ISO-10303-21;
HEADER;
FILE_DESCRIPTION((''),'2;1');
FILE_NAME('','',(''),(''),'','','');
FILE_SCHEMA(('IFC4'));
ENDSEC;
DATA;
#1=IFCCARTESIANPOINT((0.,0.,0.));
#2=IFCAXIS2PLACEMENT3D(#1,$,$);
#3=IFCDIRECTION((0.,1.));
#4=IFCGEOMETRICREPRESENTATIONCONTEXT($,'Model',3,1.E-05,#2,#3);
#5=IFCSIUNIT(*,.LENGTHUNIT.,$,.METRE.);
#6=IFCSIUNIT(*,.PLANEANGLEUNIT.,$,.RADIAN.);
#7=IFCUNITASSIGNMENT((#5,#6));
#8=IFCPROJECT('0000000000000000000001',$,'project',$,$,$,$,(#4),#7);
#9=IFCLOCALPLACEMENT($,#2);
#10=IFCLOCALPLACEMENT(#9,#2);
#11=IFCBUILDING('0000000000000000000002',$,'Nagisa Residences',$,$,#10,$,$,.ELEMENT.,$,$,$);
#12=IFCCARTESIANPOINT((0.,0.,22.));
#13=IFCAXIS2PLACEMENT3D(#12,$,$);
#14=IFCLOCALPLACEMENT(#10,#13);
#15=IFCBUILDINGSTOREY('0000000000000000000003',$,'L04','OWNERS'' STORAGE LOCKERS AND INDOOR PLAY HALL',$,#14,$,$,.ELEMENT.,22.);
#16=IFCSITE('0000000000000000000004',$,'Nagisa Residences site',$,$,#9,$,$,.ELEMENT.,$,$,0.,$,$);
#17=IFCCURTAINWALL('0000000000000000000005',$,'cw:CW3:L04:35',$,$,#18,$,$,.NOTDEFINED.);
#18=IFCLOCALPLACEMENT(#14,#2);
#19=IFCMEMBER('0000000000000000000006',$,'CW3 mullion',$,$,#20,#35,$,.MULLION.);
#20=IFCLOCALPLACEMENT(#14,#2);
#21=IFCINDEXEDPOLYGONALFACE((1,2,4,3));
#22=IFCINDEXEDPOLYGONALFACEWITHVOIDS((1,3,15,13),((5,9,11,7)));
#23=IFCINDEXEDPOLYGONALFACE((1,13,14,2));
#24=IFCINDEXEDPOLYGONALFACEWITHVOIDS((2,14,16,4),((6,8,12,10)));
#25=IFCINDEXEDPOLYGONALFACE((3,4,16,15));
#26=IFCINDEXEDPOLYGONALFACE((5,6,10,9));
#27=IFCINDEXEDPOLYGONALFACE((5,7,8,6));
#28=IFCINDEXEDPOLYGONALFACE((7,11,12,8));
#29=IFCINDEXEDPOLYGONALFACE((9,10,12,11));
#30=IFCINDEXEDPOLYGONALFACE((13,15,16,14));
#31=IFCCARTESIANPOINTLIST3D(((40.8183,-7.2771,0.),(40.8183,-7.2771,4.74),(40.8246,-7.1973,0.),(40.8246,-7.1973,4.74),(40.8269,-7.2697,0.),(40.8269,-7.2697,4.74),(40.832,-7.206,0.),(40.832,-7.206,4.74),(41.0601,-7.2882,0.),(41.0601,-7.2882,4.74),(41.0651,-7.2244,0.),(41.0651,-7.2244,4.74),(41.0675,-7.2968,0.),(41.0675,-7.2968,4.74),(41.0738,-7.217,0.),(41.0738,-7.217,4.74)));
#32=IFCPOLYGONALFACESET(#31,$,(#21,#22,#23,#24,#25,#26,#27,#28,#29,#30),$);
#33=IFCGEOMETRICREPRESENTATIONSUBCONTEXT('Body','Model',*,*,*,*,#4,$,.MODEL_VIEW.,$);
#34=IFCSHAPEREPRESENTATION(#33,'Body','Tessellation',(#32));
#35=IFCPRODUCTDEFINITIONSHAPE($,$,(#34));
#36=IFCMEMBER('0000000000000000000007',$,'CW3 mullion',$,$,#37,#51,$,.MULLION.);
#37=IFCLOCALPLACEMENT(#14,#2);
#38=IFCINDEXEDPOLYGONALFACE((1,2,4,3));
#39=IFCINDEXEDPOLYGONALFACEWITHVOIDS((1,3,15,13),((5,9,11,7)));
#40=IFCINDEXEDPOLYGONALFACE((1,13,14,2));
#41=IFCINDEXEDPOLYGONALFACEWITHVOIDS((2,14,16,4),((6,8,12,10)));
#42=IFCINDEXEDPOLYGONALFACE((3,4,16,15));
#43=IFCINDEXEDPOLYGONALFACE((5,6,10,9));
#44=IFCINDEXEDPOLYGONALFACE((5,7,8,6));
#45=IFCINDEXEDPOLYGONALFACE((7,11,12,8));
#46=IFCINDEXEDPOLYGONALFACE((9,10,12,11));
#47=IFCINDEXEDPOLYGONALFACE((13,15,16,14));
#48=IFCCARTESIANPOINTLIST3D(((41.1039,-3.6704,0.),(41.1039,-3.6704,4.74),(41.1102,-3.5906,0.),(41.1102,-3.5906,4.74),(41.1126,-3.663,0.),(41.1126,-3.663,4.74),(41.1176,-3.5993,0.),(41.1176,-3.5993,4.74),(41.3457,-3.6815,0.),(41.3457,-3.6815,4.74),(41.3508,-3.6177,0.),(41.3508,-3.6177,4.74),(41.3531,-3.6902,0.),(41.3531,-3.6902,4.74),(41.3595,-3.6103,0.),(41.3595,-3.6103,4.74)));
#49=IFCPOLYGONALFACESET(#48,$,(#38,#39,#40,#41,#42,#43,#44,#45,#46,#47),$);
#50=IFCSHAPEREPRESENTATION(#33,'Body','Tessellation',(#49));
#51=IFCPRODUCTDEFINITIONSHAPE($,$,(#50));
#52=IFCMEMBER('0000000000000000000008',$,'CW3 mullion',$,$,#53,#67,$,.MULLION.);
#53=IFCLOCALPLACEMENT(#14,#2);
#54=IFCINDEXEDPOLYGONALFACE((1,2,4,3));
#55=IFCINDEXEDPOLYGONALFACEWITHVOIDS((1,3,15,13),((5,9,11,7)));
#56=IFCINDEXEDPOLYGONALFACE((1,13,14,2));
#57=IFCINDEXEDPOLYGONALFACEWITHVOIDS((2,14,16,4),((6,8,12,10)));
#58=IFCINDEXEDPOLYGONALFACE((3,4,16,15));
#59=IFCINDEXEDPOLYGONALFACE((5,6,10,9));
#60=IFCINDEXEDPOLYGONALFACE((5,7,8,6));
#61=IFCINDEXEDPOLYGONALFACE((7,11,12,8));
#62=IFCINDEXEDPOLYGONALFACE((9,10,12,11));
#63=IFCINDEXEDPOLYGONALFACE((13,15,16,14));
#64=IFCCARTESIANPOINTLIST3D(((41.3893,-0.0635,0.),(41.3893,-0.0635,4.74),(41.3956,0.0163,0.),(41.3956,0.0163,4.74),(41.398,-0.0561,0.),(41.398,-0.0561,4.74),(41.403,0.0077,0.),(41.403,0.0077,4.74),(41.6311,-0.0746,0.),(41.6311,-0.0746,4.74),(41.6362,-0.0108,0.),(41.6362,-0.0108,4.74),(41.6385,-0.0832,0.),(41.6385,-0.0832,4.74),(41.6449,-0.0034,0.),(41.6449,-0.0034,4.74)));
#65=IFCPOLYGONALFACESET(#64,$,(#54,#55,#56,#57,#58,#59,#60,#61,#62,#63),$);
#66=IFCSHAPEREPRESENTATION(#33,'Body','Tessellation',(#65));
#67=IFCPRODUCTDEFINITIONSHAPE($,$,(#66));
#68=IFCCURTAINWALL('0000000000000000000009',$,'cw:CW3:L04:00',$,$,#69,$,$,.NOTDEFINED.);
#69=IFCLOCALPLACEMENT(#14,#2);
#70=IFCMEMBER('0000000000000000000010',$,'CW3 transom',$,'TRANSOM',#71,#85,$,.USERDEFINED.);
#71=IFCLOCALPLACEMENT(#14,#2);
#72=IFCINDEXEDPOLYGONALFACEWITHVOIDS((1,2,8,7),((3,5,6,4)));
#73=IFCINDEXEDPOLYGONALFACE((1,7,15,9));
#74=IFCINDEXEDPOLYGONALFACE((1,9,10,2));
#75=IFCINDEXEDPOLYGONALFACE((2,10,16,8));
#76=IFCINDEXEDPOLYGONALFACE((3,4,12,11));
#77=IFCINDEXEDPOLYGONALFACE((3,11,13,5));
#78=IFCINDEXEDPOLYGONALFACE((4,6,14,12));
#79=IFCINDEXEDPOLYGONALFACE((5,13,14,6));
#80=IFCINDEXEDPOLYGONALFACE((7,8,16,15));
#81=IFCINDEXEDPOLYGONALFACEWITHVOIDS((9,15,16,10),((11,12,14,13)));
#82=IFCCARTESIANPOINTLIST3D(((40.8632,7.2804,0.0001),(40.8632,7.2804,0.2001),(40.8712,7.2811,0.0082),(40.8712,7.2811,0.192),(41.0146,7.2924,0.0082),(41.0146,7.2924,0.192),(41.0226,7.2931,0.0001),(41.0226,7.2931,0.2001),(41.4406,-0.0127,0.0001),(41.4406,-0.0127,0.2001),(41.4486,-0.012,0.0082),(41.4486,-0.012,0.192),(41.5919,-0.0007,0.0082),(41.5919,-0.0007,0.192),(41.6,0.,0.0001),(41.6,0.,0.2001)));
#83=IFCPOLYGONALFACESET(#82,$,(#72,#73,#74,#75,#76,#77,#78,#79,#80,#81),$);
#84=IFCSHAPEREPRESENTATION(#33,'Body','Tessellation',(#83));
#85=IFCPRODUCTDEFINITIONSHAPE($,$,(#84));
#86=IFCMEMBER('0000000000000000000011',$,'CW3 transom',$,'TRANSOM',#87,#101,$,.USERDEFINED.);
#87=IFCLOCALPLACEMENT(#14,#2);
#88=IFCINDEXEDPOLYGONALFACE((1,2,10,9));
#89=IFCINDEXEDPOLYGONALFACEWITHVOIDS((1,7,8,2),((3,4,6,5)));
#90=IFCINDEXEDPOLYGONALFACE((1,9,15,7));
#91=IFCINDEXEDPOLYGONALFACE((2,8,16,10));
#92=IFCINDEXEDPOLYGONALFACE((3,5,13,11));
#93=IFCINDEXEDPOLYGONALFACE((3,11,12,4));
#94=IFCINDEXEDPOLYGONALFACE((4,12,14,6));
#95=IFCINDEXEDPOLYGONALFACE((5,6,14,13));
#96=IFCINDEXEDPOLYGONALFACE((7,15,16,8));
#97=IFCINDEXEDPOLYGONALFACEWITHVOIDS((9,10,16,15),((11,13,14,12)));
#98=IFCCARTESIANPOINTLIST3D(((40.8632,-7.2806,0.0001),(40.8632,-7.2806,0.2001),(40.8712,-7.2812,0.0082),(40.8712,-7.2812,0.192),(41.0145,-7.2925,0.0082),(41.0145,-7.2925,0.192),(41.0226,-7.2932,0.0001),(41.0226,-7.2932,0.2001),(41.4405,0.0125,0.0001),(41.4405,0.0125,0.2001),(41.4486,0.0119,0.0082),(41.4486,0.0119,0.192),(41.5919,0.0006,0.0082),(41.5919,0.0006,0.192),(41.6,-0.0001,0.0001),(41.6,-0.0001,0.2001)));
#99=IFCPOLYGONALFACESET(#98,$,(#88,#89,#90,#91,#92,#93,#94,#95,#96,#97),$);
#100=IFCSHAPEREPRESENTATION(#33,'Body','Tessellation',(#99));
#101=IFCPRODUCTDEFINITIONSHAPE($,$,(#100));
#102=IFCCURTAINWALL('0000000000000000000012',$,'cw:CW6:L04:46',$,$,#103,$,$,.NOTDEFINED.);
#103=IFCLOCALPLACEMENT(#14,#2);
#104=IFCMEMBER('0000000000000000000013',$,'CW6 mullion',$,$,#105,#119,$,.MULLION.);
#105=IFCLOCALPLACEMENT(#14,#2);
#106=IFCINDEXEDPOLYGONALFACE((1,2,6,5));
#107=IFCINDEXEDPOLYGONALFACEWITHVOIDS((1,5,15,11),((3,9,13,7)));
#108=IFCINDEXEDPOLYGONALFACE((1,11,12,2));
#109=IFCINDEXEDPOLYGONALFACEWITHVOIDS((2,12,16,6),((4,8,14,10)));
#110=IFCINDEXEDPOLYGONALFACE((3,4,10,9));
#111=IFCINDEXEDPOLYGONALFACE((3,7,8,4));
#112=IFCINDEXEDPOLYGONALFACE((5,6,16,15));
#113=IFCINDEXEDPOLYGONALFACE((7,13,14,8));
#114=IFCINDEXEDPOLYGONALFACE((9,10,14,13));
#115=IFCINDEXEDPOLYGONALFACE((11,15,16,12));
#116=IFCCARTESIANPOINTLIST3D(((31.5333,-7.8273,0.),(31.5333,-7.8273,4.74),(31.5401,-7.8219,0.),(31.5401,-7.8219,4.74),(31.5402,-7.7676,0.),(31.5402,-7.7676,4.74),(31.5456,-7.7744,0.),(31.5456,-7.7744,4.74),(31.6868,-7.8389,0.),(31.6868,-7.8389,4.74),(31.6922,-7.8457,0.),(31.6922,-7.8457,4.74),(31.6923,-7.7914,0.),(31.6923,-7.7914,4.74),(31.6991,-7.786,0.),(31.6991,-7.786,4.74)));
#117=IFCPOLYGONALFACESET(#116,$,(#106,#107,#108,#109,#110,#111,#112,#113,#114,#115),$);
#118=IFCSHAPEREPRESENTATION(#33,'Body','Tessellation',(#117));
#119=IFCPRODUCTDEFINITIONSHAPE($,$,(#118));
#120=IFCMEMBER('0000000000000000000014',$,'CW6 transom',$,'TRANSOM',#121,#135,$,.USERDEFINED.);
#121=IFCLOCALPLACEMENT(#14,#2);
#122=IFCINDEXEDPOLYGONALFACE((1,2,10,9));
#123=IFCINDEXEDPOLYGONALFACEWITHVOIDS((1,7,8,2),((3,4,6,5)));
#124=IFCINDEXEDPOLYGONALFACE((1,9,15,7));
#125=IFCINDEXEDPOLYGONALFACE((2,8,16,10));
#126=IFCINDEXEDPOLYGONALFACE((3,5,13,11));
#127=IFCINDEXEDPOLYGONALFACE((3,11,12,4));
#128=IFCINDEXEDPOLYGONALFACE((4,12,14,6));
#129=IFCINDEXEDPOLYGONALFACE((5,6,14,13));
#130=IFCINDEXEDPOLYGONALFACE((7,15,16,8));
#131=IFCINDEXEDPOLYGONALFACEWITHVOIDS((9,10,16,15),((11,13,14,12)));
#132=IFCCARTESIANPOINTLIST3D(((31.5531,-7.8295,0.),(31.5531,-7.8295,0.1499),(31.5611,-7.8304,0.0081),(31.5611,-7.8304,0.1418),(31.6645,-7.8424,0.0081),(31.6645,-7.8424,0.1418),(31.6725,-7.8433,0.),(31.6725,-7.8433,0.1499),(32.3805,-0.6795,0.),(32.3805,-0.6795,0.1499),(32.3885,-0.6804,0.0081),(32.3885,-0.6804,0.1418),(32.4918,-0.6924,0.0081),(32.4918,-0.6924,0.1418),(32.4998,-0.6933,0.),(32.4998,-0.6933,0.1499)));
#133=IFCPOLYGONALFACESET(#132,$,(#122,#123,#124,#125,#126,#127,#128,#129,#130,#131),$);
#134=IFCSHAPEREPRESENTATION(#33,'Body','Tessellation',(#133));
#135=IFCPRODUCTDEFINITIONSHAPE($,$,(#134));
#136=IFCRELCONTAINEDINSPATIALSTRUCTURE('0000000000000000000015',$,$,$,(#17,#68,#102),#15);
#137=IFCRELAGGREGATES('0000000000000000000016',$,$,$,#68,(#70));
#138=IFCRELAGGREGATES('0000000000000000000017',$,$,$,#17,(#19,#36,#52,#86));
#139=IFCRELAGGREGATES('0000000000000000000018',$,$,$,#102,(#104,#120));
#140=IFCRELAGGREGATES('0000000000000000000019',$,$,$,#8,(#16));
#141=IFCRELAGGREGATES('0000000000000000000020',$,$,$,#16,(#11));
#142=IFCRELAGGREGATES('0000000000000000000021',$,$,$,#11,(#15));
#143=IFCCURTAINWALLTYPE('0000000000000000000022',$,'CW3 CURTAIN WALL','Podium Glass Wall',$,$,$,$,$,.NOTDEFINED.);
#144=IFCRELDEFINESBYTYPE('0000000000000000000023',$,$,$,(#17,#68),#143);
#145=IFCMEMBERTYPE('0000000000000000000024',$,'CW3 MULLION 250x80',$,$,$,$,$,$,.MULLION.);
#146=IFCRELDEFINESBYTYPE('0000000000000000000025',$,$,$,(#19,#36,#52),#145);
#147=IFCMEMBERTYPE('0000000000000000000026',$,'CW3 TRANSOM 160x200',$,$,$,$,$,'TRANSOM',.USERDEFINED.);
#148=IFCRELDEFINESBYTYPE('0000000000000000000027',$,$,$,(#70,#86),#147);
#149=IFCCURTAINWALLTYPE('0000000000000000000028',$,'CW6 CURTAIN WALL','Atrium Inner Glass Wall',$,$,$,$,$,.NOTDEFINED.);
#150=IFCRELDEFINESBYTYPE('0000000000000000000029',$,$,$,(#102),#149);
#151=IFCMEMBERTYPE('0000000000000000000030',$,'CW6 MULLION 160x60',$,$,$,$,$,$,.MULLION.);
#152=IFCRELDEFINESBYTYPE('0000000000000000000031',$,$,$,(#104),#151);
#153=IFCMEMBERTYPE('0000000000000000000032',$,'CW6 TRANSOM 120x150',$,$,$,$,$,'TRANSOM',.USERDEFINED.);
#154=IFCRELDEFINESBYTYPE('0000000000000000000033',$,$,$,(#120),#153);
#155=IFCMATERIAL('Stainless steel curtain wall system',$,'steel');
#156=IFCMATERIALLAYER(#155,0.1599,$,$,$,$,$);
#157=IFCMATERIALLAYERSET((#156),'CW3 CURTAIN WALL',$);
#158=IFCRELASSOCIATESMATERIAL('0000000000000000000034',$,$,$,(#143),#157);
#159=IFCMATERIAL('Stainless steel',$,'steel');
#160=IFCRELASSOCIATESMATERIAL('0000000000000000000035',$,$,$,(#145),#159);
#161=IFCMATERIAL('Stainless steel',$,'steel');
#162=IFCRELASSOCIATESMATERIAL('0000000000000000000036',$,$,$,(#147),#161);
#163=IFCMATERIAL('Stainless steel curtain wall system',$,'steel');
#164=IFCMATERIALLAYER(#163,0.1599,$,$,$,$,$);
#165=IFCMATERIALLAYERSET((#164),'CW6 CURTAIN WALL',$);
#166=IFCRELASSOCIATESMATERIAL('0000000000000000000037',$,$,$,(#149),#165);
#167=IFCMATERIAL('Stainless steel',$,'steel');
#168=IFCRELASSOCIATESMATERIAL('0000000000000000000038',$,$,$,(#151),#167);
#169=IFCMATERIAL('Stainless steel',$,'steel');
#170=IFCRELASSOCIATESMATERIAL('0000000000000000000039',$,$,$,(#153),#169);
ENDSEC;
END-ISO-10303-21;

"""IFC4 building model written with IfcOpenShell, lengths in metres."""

from ifc_helpers import new_model, si_unit, direction, frame, origin, origin_2d, place, context, subcontext, project, spatial, hollow_rectangle, extrude, material, layer, layer_set, material_profile, profile_set, type_object, element, aggregate, save


model = new_model("IFC4")

# Units and contexts
model_context = context("Model", 3, precision=1e-05, world=origin(), true_north=direction((0.0, 1.0)))
body_context = subcontext(model_context, "Body", "Model", "MODEL_VIEW")
ifc_project = project(units=[si_unit("LENGTHUNIT", "METRE"), si_unit("PLANEANGLEUNIT", "RADIAN")], contexts=[model_context])

# Site, building, storey
site_placement = place(None, origin())
site = spatial("IfcSite", under=ifc_project, at=site_placement, Name="Nagisa Residences site", CompositionType="ELEMENT", RefElevation=0.0)
building_placement = place(site_placement, origin())
building = spatial("IfcBuilding", under=site, at=building_placement, Name="Nagisa Residences", CompositionType="ELEMENT")
storey_placement = place(building_placement, frame((0.0, 0.0, 22.0)))
storey = spatial("IfcBuildingStorey", under=building, at=storey_placement, Name="L04", Description="OWNERS' STORAGE LOCKERS AND INDOOR PLAY HALL", CompositionType="ELEMENT", Elevation=22.0)

# Shared definitions
ifc_material_1 = material(Name="Stainless steel curtain wall system", Category="steel")
ifc_layer_1 = layer(ifc_material_1, 0.1599)
ifc_layer_set_1 = layer_set([ifc_layer_1], Name="CW3 CURTAIN WALL")
curtain_wall_type_1 = type_object("IfcCurtainWallType", Name="CW3 CURTAIN WALL", Description="Podium Glass Wall", PredefinedType="NOTDEFINED", material=ifc_layer_set_1)
ifc_material_2 = material(Name="Stainless steel", Category="steel")
ifc_material_profile_1 = material_profile(ifc_material_2, hollow_rectangle(XDim=0.25, YDim=0.0801, WallThickness=0.0081, at=origin_2d()), Name="CW3 MULLION 250x80")
ifc_profile_set_1 = profile_set([ifc_material_profile_1], Name="Stainless steel")
member_type_1 = type_object("IfcMemberType", Name="CW3 MULLION 250x80", PredefinedType="MULLION", material=ifc_profile_set_1)

# Curtain wall, members
curtain_wall_1_placement = place(storey_placement, origin())
curtain_wall_1 = element("IfcCurtainWall", 1, at=curtain_wall_1_placement, inside=storey, type_object=curtain_wall_type_1, Name="cw:CW3:L04:35", PredefinedType="NOTDEFINED")
member_1_placement = place(storey_placement, frame((40.946, -7.2471, 0.0), z_axis=(0.0, 0.0, 1.0), x_axis=(-0.996882, 0.07891, 0.0)))
member_1 = element("IfcMember", 2, at=member_1_placement, type_object=member_type_1, Name="CW3 mullion", PredefinedType="MULLION", context=body_context, shape_type="SweptSolid", body=[
    extrude(hollow_rectangle(XDim=0.25, YDim=0.0801, WallThickness=0.0081, at=origin_2d()), origin(), (0.0, 0.0, 1.0), 4.74),
])
member_2_placement = place(storey_placement, frame((41.2317, -3.6404, 0.0), z_axis=(0.0, 0.0, 1.0), x_axis=(-0.996882, 0.07891, 0.0)))
member_2 = element("IfcMember", 3, at=member_2_placement, type_object=member_type_1, Name="CW3 mullion", PredefinedType="MULLION", context=body_context, shape_type="SweptSolid", body=[
    extrude(hollow_rectangle(XDim=0.25, YDim=0.0801, WallThickness=0.0081, at=origin_2d()), origin(), (0.0, 0.0, 1.0), 4.74),
])
member_3_placement = place(storey_placement, frame((41.5171, -0.0334, 0.0), z_axis=(0.0, 0.0, 1.0), x_axis=(-0.996882, 0.07891, 0.0)))
member_3 = element("IfcMember", 4, at=member_3_placement, type_object=member_type_1, Name="CW3 mullion", PredefinedType="MULLION", context=body_context, shape_type="SweptSolid", body=[
    extrude(hollow_rectangle(XDim=0.25, YDim=0.0801, WallThickness=0.0081, at=origin_2d()), origin(), (0.0, 0.0, 1.0), 4.74),
])

# Curtain wall, member
curtain_wall_2_placement = place(storey_placement, origin())
curtain_wall_2 = element("IfcCurtainWall", 5, at=curtain_wall_2_placement, inside=storey, type_object=curtain_wall_type_1, Name="cw:CW3:L04:00", PredefinedType="NOTDEFINED")
ifc_material_3 = material(Name="Stainless steel", Category="steel")
ifc_material_profile_2 = material_profile(ifc_material_3, hollow_rectangle(XDim=0.1599, YDim=0.2, WallThickness=0.0081, at=origin_2d()), Name="CW3 TRANSOM 160x200")
ifc_profile_set_2 = profile_set([ifc_material_profile_2], Name="Stainless steel")
member_type_2 = type_object("IfcMemberType", Name="CW3 TRANSOM 160x200", ElementType="TRANSOM", PredefinedType="USERDEFINED", material=ifc_profile_set_2)
member_4_placement = place(storey_placement, frame((41.5203, -0.0063, 0.1001), z_axis=(-0.078922, 0.996881, 0.0), x_axis=(-0.996881, -0.078922, 0.0)))
member_4 = element("IfcMember", 6, at=member_4_placement, type_object=member_type_2, Name="CW3 transom", ObjectType="TRANSOM", PredefinedType="USERDEFINED", context=body_context, shape_type="SweptSolid", body=[
    extrude(hollow_rectangle(XDim=0.1599, YDim=0.2, WallThickness=0.0081, at=origin_2d()), origin(), (0.0, 0.0, 1.0), 7.3159),
])
aggregate(curtain_wall_2, [member_4])

# Member
member_5_placement = place(storey_placement, frame((40.9429, -7.2869, 0.1001), z_axis=(0.078922, 0.996881, 0.0), x_axis=(-0.996881, 0.078922, 0.0)))
member_5 = element("IfcMember", 7, at=member_5_placement, type_object=member_type_2, Name="CW3 transom", ObjectType="TRANSOM", PredefinedType="USERDEFINED", context=body_context, shape_type="SweptSolid", body=[
    extrude(hollow_rectangle(XDim=0.1599, YDim=0.2, WallThickness=0.0081, at=origin_2d()), origin(), (0.0, 0.0, 1.0), 7.3159),
])

# Curtain wall, members
ifc_material_4 = material(Name="Stainless steel curtain wall system", Category="steel")
ifc_layer_2 = layer(ifc_material_4, 0.1599)
ifc_layer_set_2 = layer_set([ifc_layer_2], Name="CW6 CURTAIN WALL")
curtain_wall_type_2 = type_object("IfcCurtainWallType", Name="CW6 CURTAIN WALL", Description="Atrium Inner Glass Wall", PredefinedType="NOTDEFINED", material=ifc_layer_set_2)
curtain_wall_3_placement = place(storey_placement, origin())
curtain_wall_3 = element("IfcCurtainWall", 8, at=curtain_wall_3_placement, inside=storey, type_object=curtain_wall_type_2, Name="cw:CW6:L04:46", PredefinedType="NOTDEFINED")
ifc_material_5 = material(Name="Stainless steel", Category="steel")
ifc_material_profile_3 = material_profile(ifc_material_5, hollow_rectangle(XDim=0.1599, YDim=0.0601, WallThickness=0.0061, at=origin_2d()), Name="CW6 MULLION 160x60")
ifc_profile_set_3 = profile_set([ifc_material_profile_3], Name="Stainless steel")
member_type_3 = type_object("IfcMemberType", Name="CW6 MULLION 160x60", PredefinedType="MULLION", material=ifc_profile_set_3)
member_6_placement = place(storey_placement, frame((31.6162, -7.8066, 0.0), z_axis=(0.0, 0.0, 1.0), x_axis=(-0.993374, 0.114928, 0.0)))
member_6 = element("IfcMember", 9, at=member_6_placement, type_object=member_type_3, Name="CW6 mullion", PredefinedType="MULLION", context=body_context, shape_type="SweptSolid", body=[
    extrude(hollow_rectangle(XDim=0.1599, YDim=0.0601, WallThickness=0.0061, at=origin_2d()), origin(), (0.0, 0.0, 1.0), 4.74),
])
ifc_material_6 = material(Name="Stainless steel", Category="steel")
ifc_material_profile_4 = material_profile(ifc_material_6, hollow_rectangle(XDim=0.1201, YDim=0.1499, WallThickness=0.0081, at=origin_2d()), Name="CW6 TRANSOM 120x150")
ifc_profile_set_4 = profile_set([ifc_material_profile_4], Name="Stainless steel")
member_type_4 = type_object("IfcMemberType", Name="CW6 TRANSOM 120x150", ElementType="TRANSOM", PredefinedType="USERDEFINED", material=ifc_profile_set_4)
member_7_placement = place(storey_placement, frame((31.6128, -7.8364, 0.075), z_axis=(0.11495, 0.993371, 0.0), x_axis=(-0.993371, 0.11495, 0.0)))
member_7 = element("IfcMember", 10, at=member_7_placement, type_object=member_type_4, Name="CW6 transom", ObjectType="TRANSOM", PredefinedType="USERDEFINED", context=body_context, shape_type="SweptSolid", body=[
    extrude(hollow_rectangle(XDim=0.1201, YDim=0.1499, WallThickness=0.0081, at=origin_2d()), origin(), (0.0, 0.0, 1.0), 7.1978),
])

aggregate(curtain_wall_1, [member_1, member_2, member_3, member_5])
aggregate(curtain_wall_3, [member_6, member_7])

save(model, "model.ifc")
